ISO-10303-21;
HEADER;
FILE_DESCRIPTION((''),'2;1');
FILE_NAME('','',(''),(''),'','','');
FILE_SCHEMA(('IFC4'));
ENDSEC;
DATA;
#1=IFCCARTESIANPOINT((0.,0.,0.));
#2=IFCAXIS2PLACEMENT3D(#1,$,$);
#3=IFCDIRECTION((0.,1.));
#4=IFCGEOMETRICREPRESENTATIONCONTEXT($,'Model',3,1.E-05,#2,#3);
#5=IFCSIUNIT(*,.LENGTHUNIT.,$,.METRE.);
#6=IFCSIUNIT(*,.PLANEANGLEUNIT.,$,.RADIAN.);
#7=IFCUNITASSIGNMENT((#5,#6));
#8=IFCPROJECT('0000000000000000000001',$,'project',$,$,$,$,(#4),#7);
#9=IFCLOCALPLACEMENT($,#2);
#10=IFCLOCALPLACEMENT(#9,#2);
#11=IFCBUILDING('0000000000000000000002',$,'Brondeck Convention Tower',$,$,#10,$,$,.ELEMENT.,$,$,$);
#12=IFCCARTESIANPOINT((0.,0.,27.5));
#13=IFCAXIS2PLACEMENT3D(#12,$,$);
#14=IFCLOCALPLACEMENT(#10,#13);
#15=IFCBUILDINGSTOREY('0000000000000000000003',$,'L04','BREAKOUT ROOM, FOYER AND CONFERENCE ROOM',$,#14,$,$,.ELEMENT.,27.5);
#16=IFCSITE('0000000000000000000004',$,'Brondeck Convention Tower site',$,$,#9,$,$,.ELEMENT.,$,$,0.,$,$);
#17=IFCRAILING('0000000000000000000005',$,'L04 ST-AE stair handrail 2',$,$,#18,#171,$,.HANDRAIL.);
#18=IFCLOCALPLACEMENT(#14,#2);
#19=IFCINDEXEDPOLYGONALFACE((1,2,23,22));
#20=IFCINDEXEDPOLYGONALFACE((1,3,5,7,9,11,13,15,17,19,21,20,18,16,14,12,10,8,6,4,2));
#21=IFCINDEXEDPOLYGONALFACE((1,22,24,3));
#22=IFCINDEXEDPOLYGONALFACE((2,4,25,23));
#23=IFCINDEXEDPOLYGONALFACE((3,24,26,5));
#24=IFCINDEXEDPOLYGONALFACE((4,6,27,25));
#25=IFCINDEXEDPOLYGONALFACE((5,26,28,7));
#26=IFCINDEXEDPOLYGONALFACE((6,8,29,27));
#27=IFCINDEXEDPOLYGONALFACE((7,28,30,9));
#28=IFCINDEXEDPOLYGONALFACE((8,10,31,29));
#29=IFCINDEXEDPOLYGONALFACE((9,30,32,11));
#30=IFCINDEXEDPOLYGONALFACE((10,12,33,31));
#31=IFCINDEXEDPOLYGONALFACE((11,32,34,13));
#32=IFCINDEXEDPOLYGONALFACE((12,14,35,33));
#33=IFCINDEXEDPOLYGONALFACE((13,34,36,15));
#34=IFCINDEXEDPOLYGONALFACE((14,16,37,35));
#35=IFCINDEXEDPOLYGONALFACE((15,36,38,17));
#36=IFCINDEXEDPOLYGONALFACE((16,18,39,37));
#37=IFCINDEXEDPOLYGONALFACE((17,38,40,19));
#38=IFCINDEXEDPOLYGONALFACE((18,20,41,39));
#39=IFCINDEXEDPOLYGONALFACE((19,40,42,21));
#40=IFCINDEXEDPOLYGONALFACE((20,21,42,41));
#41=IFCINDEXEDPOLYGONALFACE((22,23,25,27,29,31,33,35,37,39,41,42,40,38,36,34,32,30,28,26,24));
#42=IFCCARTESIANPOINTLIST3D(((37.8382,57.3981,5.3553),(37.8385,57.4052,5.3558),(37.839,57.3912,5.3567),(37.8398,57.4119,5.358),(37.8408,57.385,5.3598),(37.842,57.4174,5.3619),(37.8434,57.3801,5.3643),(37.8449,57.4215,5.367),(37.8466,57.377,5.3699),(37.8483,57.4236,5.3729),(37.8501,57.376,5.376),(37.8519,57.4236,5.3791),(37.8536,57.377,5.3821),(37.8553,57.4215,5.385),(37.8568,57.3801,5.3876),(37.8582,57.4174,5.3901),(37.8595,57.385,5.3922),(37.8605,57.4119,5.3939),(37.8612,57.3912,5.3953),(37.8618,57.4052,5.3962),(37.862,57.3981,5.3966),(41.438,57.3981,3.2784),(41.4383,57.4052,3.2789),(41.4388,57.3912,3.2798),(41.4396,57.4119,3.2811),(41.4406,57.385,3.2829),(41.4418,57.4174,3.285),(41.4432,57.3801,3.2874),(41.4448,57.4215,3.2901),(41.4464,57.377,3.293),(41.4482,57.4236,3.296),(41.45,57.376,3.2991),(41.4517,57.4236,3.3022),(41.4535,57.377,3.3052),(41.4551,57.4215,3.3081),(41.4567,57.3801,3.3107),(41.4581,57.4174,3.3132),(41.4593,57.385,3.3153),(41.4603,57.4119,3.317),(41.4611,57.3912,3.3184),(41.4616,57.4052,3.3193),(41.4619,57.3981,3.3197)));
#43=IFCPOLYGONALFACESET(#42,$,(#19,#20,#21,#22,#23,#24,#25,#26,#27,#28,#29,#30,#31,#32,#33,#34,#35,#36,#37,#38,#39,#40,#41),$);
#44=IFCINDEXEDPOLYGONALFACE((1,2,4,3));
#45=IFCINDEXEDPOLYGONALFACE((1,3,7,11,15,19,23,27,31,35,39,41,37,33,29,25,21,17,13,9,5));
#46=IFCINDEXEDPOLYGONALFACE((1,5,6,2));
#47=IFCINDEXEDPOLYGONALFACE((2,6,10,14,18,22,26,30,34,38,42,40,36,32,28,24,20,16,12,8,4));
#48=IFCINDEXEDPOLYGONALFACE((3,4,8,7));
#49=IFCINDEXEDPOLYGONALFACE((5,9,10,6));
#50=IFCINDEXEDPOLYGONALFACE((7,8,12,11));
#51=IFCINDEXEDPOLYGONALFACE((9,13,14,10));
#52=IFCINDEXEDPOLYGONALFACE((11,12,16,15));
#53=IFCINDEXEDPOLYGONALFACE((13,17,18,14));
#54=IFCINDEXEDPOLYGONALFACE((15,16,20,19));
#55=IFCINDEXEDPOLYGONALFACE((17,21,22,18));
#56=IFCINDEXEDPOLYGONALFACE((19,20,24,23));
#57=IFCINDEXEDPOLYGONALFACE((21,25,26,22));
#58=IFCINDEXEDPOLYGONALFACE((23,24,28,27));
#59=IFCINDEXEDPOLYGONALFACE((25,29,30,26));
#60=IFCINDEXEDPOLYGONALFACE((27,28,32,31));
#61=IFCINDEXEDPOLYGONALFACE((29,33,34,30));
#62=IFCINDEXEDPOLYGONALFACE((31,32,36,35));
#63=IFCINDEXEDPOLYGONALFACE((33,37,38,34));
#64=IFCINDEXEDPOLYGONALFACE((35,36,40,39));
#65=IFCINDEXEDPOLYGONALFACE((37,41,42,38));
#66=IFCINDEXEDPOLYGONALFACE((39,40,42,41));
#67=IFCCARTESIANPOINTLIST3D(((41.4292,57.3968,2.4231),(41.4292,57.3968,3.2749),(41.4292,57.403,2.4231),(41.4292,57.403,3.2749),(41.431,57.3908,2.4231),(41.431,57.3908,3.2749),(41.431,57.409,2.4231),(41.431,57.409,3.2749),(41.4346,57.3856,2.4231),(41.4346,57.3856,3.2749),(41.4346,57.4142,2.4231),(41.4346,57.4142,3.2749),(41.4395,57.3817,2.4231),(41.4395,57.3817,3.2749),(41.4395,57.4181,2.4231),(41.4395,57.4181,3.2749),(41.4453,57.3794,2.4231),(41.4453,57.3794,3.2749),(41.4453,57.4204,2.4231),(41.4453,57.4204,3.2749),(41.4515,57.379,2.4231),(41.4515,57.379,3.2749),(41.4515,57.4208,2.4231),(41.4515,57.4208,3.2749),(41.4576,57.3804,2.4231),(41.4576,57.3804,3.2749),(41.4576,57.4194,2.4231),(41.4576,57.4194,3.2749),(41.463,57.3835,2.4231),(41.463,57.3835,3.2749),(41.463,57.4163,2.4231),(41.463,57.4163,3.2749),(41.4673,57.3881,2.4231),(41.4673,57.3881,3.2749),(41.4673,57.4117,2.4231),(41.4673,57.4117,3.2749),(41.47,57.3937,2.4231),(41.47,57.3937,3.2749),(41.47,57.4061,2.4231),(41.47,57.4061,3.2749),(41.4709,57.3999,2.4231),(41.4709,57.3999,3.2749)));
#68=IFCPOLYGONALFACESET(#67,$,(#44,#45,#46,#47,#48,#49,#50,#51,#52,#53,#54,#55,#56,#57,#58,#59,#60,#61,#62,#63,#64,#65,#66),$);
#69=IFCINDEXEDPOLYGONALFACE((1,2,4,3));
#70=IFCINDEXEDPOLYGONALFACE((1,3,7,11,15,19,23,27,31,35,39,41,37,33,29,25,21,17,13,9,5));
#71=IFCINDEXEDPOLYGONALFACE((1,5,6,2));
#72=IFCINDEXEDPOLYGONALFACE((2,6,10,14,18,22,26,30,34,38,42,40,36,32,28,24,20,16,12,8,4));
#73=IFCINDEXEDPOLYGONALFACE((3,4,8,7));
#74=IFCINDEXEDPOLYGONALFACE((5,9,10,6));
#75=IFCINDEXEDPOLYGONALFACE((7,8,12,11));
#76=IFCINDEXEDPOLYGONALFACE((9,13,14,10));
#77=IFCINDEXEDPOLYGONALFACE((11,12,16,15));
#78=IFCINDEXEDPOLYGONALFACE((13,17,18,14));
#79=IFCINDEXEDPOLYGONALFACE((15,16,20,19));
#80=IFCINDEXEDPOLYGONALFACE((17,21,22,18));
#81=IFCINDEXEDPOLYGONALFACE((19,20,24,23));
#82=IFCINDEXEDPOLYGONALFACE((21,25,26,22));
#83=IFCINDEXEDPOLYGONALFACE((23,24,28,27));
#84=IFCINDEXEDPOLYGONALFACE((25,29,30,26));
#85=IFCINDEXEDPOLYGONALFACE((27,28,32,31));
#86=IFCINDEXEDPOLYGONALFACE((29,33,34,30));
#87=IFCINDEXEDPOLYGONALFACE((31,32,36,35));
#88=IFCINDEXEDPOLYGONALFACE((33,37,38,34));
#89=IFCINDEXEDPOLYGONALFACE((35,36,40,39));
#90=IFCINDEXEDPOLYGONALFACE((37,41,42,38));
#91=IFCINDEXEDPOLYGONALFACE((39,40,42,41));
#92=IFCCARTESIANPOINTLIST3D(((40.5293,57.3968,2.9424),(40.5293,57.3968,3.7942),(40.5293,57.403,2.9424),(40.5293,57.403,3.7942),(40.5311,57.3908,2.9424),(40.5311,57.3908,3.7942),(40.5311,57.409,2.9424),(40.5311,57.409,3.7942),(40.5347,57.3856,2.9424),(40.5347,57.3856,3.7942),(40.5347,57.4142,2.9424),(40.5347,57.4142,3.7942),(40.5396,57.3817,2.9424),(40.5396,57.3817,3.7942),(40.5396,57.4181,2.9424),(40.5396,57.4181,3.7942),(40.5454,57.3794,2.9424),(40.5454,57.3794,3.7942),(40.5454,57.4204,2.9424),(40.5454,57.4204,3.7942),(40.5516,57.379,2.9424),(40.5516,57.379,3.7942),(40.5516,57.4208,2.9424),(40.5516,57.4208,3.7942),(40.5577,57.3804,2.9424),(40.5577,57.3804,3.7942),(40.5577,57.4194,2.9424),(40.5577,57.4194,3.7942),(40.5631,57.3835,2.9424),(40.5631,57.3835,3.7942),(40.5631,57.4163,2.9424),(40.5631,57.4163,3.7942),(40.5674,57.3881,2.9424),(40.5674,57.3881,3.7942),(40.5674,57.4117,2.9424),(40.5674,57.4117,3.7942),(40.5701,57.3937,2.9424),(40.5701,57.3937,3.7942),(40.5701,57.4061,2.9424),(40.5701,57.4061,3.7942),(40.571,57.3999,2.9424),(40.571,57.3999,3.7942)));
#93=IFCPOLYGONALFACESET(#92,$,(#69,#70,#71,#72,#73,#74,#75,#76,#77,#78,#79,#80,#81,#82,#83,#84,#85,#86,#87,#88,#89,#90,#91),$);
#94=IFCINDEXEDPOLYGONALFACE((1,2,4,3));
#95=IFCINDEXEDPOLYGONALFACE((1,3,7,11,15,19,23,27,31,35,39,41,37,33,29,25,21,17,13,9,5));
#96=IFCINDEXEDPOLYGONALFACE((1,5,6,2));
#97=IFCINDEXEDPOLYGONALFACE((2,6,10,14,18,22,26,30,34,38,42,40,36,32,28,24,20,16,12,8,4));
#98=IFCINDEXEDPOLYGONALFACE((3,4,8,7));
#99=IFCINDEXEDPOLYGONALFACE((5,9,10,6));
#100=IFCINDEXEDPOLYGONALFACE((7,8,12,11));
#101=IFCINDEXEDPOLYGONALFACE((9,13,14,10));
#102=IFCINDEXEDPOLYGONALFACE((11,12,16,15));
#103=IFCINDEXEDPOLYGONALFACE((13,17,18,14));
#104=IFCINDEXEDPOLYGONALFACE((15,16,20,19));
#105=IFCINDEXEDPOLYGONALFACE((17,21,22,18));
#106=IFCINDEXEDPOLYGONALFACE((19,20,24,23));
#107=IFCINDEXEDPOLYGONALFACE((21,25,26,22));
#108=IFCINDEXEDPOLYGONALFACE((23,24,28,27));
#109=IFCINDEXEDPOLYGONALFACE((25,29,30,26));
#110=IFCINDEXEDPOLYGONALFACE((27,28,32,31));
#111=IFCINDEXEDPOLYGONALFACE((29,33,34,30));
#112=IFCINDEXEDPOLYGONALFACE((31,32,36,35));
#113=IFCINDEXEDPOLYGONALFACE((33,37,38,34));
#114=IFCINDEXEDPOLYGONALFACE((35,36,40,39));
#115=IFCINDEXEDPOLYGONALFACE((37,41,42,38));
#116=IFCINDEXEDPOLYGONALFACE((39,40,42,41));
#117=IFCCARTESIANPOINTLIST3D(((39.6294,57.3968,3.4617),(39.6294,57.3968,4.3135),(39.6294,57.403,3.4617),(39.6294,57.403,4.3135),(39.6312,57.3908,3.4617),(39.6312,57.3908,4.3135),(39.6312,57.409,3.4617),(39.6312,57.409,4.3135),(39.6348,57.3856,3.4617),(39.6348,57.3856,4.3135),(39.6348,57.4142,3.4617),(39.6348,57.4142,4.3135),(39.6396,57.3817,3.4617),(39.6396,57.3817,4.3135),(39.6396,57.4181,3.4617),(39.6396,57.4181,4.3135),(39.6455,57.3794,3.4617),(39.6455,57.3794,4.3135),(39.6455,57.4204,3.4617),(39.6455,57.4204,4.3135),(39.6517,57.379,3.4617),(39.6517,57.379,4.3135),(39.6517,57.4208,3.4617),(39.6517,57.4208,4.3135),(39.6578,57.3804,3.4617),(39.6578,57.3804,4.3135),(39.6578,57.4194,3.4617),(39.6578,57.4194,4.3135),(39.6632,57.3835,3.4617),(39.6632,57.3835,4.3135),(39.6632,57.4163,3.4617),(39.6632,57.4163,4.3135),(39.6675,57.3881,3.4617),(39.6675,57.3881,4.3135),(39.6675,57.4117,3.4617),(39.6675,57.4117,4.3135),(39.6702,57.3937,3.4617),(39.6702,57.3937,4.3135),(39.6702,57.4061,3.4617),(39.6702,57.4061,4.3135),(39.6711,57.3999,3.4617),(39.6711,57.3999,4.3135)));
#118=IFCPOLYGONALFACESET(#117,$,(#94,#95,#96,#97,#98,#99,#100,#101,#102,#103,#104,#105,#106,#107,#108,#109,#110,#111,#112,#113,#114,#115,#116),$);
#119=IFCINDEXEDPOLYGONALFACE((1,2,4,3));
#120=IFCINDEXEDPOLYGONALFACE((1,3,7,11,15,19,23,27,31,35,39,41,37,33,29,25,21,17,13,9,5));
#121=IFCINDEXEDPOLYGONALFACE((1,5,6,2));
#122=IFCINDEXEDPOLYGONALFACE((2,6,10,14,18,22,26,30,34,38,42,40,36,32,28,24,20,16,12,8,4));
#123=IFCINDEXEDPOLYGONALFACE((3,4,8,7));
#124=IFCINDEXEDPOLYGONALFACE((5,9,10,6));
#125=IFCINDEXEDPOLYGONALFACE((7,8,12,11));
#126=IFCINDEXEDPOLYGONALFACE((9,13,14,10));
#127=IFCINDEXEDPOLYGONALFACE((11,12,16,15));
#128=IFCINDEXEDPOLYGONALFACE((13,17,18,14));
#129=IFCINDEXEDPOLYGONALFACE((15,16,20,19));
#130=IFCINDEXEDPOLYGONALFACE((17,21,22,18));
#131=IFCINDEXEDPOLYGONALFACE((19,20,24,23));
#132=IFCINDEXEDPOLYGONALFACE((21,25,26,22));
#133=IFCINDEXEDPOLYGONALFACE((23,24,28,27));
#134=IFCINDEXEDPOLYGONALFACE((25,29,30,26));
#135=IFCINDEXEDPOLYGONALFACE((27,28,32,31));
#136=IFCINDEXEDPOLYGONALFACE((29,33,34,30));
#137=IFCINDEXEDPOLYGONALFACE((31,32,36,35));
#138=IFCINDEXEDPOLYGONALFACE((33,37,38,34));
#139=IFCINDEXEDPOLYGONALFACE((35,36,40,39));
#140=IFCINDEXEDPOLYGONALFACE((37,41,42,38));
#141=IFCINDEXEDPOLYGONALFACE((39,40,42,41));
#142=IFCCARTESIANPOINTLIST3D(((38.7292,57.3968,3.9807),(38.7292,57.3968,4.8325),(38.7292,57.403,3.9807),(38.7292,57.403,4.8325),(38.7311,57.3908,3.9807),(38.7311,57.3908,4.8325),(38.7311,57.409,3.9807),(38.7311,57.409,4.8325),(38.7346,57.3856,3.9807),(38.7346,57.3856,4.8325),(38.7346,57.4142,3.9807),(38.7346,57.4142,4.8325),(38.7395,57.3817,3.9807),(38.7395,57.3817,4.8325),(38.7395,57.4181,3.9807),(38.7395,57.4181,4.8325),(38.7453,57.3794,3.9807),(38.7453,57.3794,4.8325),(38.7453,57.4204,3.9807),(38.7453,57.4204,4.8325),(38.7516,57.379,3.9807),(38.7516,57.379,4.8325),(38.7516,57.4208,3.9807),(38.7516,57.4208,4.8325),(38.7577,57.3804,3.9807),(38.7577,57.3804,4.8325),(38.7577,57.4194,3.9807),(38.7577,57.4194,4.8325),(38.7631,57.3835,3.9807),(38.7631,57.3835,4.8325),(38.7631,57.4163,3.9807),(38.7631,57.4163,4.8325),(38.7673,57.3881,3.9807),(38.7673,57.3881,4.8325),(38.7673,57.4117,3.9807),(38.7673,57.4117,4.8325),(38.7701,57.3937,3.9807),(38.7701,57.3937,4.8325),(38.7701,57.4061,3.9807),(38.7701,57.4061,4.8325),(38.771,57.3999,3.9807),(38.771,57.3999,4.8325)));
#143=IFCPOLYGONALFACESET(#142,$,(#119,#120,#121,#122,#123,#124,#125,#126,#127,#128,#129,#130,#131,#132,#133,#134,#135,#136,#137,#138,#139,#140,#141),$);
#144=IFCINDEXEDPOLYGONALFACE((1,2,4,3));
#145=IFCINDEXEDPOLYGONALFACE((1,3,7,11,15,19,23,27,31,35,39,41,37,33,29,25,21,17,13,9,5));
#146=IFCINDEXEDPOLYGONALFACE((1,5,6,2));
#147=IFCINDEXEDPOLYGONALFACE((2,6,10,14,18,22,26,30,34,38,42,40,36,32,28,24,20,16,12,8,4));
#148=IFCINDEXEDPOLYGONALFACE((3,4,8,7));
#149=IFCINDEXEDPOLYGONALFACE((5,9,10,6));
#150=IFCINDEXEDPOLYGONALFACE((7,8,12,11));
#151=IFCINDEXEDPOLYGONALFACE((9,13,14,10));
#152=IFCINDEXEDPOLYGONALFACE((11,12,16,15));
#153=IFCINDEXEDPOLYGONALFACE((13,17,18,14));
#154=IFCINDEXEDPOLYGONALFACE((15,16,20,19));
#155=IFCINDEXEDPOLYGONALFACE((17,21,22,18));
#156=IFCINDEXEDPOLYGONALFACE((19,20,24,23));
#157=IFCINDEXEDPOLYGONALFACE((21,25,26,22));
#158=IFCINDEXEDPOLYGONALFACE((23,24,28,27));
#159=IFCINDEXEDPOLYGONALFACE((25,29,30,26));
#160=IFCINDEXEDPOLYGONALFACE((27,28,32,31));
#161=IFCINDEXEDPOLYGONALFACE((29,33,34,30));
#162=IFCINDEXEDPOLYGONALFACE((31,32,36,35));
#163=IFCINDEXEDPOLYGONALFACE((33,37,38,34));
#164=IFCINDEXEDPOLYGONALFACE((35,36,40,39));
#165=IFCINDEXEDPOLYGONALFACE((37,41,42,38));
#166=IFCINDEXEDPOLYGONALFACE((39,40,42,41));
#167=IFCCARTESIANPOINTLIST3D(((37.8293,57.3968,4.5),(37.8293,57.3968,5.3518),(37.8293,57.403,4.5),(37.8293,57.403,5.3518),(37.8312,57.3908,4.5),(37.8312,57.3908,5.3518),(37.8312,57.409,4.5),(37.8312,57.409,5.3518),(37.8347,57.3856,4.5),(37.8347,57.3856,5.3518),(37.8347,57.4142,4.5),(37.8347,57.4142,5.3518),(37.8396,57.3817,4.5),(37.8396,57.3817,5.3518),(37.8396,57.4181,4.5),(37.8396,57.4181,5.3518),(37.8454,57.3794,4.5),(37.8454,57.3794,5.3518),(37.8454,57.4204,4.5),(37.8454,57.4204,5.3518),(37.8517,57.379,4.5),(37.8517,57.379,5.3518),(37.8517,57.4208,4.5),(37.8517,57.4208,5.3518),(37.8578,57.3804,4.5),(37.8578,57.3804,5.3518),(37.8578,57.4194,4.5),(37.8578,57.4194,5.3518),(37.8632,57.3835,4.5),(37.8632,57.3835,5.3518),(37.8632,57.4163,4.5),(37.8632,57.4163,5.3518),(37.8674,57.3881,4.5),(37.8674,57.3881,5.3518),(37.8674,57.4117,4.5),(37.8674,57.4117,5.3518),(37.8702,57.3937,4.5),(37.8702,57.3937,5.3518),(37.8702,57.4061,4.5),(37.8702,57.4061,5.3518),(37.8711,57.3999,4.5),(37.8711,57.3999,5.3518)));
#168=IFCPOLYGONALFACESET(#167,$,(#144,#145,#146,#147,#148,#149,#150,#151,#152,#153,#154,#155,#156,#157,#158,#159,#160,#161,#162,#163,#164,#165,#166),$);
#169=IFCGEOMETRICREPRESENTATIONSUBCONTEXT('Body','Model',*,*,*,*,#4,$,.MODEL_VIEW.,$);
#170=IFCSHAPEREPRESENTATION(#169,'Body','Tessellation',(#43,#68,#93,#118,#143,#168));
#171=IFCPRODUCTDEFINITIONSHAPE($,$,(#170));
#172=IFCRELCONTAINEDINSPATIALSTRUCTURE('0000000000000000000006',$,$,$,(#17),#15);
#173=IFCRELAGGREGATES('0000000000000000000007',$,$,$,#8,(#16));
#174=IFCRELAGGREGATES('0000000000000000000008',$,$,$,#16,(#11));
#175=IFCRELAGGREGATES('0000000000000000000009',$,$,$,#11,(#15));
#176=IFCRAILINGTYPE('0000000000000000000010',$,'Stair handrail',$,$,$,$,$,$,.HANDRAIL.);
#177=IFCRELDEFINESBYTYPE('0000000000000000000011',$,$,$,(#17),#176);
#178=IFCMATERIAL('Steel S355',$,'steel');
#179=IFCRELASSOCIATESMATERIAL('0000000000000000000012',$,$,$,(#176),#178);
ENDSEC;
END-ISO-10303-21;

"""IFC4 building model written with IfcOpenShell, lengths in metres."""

from ifc_helpers import new_model, si_unit, direction, frame, origin, origin_2d, place, context, subcontext, project, spatial, circle, extrude, material, type_object, element, save


model = new_model("IFC4")

# Units and contexts
model_context = context("Model", 3, precision=1e-05, world=origin(), true_north=direction((0.0, 1.0)))
body_context = subcontext(model_context, "Body", "Model", "MODEL_VIEW")
ifc_project = project(units=[si_unit("LENGTHUNIT", "METRE"), si_unit("PLANEANGLEUNIT", "RADIAN")], contexts=[model_context])

# Site, building, storey
site_placement = place(None, origin())
site = spatial("IfcSite", under=ifc_project, at=site_placement, Name="Brondeck Convention Tower site", CompositionType="ELEMENT", RefElevation=0.0)
building_placement = place(site_placement, origin())
building = spatial("IfcBuilding", under=site, at=building_placement, Name="Brondeck Convention Tower", CompositionType="ELEMENT")
storey_placement = place(building_placement, frame((0.0, 0.0, 27.5)))
storey = spatial("IfcBuildingStorey", under=building, at=storey_placement, Name="L04", Description="BREAKOUT ROOM, FOYER AND CONFERENCE ROOM", CompositionType="ELEMENT", Elevation=27.5)

# Shared definitions
ifc_material_1 = material(Name="Steel S355", Category="steel")

# Railing
railing_type_1 = type_object("IfcRailingType", Name="Stair handrail", PredefinedType="HANDRAIL", material=ifc_material_1)
railing_1_placement = place(storey_placement, frame((41.45, 57.3999, 2.4231)))
element("IfcRailing", 1, at=railing_1_placement, inside=storey, type_object=railing_type_1, Name="L04 ST-AE stair handrail 2", PredefinedType="HANDRAIL", context=body_context, shape_type="SweptSolid", body=[
    extrude(circle(Radius=0.0239, at=origin_2d()), frame((0.0, 0.0, 0.876), z_axis=(-0.866179, 0.0, 0.499734), x_axis=(0.0, -1.0, 0.0)), (0.0, 0.0, 1.0), 4.156),
    extrude(circle(Radius=0.021, at=origin_2d()), origin(), (0.0, 0.0, 1.0), 0.8518),
    extrude(circle(Radius=0.021, at=origin_2d()), frame((-0.8999, 0.0, 0.5193)), (0.0, 0.0, 1.0), 0.8518),
    extrude(circle(Radius=0.021, at=origin_2d()), frame((-1.7998, 0.0, 1.0386)), (0.0, 0.0, 1.0), 0.8518),
    extrude(circle(Radius=0.021, at=origin_2d()), frame((-2.7, 0.0, 1.5576)), (0.0, 0.0, 1.0), 0.8518),
    extrude(circle(Radius=0.021, at=origin_2d()), frame((-3.5999, 0.0, 2.0769)), (0.0, 0.0, 1.0), 0.8518),
])

save(model, "model.ifc")
